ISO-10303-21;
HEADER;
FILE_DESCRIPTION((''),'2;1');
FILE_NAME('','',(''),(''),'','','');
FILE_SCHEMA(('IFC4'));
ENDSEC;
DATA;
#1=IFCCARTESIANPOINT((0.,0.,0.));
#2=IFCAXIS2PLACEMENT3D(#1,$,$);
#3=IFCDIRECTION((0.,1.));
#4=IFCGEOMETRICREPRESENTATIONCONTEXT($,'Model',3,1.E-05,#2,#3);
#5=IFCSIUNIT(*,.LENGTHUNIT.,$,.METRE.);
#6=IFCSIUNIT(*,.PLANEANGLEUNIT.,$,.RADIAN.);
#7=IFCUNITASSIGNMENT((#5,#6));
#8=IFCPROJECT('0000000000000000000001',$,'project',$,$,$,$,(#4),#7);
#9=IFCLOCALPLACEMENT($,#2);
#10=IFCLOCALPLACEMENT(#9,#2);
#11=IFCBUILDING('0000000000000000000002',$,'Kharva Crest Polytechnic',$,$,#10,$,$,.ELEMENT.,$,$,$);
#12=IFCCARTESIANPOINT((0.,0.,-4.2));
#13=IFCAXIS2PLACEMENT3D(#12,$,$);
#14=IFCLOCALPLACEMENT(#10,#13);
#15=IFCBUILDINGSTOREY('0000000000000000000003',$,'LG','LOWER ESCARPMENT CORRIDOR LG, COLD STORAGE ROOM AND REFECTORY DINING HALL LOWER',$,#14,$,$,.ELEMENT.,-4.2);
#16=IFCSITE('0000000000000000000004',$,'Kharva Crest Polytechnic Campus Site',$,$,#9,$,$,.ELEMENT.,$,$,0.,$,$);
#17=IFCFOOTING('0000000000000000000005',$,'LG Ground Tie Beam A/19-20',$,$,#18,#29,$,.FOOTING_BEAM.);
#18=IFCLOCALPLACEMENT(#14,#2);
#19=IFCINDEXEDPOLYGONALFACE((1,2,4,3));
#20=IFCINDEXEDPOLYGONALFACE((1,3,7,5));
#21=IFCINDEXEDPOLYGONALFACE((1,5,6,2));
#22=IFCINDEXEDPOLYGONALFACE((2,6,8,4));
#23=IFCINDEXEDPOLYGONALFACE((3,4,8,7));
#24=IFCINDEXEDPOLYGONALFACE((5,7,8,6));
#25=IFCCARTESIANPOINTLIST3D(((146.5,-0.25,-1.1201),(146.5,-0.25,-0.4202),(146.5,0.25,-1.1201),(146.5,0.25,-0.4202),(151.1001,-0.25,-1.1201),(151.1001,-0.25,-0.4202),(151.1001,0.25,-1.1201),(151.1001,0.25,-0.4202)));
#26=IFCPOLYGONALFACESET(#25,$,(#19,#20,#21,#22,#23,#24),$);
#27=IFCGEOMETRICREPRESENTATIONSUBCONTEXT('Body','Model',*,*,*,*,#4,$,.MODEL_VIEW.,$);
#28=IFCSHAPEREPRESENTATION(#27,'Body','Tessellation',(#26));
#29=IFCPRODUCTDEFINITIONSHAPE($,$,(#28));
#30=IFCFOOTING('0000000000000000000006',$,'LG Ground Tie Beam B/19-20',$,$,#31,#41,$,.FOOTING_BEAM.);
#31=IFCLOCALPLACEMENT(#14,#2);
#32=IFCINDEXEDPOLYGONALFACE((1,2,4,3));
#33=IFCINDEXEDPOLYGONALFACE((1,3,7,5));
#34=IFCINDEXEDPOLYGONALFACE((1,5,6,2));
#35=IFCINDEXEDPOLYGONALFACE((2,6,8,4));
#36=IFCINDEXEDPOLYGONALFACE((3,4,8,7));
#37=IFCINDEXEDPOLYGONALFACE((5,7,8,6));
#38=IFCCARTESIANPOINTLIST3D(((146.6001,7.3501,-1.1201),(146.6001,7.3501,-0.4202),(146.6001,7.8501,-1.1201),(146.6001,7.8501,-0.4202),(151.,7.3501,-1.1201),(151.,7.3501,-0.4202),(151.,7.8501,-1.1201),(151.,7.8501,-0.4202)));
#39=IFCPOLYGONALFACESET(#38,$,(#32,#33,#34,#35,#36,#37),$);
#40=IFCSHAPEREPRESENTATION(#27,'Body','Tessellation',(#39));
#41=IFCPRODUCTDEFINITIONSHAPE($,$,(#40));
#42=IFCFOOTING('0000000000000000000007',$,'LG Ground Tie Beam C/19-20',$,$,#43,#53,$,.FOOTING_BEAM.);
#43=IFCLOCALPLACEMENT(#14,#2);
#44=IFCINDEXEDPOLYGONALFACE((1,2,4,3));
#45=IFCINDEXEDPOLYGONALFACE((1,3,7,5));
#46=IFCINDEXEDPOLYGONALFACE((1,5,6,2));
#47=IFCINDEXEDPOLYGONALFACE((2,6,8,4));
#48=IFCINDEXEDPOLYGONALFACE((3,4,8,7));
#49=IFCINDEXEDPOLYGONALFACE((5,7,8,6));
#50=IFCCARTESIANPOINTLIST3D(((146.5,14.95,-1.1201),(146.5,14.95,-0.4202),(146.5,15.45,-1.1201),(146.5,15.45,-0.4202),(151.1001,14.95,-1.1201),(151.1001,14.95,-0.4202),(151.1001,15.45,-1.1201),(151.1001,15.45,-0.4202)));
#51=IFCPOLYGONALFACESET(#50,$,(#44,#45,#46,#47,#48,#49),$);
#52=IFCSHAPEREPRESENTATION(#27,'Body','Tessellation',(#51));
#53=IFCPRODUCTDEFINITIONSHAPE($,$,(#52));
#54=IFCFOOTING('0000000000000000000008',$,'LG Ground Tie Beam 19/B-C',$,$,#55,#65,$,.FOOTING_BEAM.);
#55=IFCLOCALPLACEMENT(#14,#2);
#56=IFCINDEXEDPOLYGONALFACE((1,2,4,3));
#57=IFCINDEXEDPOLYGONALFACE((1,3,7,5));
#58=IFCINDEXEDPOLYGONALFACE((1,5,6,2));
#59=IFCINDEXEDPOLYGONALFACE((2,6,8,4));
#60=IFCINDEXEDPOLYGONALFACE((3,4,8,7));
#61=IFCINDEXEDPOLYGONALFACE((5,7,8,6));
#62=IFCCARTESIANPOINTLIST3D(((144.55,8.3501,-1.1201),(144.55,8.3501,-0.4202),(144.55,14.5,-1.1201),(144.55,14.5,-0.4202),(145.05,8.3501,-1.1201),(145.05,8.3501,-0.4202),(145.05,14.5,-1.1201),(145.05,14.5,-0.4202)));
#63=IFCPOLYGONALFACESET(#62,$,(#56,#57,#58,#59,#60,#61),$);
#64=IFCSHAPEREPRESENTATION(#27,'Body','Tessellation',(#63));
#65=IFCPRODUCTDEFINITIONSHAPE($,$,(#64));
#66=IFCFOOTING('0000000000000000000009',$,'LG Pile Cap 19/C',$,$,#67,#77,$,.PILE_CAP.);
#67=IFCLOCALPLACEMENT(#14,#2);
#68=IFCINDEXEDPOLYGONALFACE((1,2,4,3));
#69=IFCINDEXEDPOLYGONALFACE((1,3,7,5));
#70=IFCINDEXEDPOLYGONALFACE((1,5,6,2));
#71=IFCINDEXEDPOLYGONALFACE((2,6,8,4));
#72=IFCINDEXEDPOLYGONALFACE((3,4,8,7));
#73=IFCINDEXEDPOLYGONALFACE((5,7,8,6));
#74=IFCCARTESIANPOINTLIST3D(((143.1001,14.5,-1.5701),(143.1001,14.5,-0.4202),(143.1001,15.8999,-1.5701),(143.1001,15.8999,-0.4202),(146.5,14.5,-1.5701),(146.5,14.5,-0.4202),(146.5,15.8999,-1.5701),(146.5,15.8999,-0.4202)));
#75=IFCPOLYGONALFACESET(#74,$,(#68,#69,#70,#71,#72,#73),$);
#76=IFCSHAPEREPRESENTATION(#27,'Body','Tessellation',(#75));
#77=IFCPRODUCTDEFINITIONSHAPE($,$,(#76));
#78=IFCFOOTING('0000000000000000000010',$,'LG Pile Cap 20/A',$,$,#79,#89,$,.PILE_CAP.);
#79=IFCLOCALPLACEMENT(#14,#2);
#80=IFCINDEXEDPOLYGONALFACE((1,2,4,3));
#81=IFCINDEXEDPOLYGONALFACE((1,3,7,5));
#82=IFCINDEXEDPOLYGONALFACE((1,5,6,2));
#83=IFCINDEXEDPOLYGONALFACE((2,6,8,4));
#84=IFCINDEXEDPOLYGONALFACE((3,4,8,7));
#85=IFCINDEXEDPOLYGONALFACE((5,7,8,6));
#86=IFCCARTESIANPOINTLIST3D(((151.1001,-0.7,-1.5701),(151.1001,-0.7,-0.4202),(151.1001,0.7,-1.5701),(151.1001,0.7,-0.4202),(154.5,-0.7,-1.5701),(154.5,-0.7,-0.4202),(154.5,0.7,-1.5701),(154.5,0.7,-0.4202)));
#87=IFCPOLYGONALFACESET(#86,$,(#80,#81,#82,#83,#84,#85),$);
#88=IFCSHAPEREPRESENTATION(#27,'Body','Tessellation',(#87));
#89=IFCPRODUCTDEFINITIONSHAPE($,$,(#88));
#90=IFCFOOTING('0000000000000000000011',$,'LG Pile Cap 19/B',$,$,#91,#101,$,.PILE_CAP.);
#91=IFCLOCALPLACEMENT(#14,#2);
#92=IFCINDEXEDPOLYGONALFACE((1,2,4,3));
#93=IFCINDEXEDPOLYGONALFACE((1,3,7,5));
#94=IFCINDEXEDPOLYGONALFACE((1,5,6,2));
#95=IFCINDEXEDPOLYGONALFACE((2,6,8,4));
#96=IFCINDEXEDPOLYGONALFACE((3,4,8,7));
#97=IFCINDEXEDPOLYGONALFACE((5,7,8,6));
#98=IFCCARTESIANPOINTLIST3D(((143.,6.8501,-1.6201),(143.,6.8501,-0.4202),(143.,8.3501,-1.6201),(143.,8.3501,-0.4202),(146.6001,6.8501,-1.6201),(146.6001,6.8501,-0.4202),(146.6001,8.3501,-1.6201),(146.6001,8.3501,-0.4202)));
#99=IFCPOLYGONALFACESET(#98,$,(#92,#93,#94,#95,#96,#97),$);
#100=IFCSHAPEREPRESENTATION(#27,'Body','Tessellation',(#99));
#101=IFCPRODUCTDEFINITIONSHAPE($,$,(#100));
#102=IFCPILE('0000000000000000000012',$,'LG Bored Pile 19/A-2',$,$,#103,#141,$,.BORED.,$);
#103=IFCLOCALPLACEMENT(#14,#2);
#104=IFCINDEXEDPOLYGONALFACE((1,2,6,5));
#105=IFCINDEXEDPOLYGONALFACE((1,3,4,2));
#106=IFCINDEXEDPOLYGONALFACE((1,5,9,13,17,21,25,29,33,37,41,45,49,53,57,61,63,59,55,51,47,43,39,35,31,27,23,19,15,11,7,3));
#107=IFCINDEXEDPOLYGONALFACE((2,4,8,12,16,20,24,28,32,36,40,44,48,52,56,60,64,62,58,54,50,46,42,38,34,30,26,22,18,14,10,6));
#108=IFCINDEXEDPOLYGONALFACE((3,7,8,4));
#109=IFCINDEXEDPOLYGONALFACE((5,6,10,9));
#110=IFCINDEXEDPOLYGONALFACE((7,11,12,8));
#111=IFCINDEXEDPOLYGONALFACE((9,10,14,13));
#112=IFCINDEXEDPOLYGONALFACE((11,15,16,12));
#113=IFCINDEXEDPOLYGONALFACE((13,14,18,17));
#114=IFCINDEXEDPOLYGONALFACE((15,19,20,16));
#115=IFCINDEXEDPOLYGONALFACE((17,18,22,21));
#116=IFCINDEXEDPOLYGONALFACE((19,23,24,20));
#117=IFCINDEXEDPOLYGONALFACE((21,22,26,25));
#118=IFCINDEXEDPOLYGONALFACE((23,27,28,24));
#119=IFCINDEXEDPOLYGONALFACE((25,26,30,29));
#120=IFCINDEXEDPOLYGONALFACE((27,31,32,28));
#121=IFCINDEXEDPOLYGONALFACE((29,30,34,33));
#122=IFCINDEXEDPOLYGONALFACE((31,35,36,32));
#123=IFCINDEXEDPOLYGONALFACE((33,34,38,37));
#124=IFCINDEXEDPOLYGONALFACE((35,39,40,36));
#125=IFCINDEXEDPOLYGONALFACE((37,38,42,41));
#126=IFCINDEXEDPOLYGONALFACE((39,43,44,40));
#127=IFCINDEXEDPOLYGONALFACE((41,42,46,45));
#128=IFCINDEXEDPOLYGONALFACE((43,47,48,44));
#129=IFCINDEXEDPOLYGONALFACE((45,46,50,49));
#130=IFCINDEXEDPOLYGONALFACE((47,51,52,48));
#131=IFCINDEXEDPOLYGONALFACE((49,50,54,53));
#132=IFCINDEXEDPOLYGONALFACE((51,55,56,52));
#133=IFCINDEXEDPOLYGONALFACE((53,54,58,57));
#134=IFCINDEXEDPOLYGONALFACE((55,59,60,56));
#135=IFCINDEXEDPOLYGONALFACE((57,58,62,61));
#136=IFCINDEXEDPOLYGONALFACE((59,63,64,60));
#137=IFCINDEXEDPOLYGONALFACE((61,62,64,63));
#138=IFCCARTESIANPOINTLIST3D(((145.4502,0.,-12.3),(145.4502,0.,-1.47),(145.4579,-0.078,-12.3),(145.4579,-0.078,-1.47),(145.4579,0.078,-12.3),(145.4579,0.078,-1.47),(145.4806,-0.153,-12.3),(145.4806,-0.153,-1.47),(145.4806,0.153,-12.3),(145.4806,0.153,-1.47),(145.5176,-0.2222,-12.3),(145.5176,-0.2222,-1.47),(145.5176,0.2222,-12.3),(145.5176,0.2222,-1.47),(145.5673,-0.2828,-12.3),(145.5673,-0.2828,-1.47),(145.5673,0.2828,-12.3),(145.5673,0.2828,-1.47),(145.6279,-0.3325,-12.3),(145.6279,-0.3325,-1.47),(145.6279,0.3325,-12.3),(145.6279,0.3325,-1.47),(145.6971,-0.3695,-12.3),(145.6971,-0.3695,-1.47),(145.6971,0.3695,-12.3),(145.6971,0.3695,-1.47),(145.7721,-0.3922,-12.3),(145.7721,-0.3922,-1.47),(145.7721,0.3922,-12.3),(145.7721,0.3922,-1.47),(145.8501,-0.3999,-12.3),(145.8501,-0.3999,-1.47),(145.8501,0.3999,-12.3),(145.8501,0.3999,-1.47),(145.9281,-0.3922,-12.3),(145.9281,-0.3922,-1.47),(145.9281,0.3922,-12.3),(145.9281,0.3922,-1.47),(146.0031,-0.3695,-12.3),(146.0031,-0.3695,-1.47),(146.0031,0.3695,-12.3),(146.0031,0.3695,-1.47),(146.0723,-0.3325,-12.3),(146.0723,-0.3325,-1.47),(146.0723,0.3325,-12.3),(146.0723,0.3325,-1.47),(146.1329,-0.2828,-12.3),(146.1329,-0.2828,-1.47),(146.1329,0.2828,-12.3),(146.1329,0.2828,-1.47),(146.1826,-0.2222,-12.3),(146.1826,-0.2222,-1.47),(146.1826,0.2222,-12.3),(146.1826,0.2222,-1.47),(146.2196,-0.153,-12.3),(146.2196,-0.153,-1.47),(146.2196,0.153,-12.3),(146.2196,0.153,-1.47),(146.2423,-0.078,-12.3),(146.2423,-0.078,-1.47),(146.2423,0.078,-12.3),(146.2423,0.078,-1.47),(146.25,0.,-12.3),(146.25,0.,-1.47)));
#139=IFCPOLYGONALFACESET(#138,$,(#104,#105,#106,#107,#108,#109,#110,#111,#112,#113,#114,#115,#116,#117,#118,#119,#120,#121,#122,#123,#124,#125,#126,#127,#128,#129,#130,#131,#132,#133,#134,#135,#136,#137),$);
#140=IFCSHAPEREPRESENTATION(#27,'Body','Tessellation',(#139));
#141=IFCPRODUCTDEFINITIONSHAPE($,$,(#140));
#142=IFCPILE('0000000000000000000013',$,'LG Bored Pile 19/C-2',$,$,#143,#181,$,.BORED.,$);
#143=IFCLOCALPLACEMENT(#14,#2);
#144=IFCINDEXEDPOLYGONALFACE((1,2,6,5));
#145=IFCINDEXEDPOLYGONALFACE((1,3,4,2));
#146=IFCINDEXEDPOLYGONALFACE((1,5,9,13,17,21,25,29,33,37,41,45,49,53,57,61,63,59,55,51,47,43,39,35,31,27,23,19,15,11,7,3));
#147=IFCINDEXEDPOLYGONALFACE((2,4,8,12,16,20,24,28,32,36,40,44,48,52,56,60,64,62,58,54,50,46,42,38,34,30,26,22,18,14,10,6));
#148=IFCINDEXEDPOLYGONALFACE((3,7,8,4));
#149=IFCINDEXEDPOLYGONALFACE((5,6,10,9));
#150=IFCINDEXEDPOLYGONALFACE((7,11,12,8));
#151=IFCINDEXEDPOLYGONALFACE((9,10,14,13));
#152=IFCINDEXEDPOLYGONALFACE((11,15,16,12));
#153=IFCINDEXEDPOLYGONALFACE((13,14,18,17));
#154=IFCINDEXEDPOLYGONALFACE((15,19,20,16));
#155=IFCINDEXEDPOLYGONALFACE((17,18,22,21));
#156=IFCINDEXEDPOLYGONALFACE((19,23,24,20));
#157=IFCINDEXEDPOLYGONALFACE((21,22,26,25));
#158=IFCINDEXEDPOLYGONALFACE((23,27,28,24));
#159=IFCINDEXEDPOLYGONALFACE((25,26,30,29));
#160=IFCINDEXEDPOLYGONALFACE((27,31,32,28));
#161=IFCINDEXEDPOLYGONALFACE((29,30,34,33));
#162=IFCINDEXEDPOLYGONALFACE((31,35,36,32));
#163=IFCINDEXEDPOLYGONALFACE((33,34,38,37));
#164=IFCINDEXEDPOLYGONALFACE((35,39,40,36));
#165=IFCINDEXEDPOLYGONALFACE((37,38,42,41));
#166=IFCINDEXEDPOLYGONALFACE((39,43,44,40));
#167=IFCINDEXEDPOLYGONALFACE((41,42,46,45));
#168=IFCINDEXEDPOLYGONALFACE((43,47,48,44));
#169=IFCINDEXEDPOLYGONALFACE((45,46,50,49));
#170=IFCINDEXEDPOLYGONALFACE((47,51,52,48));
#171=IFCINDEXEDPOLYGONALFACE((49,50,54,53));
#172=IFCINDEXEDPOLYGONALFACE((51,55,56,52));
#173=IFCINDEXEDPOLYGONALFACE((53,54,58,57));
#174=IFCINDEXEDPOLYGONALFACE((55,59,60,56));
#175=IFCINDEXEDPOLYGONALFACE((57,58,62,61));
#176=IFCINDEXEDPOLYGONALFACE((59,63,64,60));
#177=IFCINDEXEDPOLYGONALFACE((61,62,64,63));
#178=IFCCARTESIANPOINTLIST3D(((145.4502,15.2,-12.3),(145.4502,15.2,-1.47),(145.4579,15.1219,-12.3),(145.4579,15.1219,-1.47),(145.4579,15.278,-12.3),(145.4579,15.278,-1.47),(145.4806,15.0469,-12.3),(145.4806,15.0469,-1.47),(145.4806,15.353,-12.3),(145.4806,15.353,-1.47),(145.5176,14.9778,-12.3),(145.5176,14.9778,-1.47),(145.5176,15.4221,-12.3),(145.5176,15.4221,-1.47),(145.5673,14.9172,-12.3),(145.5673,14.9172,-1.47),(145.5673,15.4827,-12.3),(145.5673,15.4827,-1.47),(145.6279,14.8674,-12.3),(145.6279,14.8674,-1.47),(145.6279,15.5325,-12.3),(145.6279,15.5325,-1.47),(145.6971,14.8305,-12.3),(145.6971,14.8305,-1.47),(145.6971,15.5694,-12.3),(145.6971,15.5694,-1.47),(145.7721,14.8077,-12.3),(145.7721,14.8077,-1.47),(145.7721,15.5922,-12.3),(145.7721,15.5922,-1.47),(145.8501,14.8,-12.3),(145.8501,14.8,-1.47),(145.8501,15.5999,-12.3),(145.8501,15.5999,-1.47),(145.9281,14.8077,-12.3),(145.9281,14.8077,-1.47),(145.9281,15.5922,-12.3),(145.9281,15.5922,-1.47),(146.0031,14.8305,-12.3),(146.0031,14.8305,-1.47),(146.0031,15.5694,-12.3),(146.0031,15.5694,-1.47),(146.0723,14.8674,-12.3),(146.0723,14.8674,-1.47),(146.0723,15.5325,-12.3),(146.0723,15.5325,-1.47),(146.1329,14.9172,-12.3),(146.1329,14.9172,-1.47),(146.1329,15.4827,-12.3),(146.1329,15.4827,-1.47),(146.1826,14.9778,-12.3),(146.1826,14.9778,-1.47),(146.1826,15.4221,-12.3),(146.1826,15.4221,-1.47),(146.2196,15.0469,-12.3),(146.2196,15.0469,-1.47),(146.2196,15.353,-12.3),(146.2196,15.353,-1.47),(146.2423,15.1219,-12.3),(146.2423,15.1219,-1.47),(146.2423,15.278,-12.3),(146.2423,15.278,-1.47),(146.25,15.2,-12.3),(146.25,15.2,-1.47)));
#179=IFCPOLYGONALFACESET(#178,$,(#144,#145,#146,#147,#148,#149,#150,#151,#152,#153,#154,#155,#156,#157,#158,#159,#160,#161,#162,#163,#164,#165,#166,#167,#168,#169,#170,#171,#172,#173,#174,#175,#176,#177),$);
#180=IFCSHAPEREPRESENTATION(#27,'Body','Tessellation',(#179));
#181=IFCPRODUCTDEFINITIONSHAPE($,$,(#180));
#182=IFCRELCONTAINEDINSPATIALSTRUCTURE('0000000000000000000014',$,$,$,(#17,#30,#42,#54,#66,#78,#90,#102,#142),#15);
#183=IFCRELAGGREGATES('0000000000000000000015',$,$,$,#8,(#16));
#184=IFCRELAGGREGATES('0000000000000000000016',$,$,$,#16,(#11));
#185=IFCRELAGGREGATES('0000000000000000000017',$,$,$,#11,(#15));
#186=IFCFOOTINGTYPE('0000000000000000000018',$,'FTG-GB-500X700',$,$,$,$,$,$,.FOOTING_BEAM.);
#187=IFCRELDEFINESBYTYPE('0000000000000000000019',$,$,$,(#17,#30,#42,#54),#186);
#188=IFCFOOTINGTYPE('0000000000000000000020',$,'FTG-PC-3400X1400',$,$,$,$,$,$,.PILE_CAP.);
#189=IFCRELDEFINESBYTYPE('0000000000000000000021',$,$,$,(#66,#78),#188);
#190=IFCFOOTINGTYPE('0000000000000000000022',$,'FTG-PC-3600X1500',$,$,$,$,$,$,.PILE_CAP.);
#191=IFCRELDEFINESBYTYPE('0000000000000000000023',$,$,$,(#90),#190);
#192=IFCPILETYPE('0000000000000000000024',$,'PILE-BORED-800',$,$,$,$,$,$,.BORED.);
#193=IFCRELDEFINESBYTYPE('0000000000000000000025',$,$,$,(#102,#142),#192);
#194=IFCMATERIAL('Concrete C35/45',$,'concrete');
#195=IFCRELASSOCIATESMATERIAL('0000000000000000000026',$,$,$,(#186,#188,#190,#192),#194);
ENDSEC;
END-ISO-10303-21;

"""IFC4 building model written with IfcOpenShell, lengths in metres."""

from ifc_helpers import new_model, si_unit, direction, frame, origin, origin_2d, place, context, subcontext, project, spatial, rectangle, circle, extrude, material, material_profile, profile_set, type_object, element, save


model = new_model("IFC4")

# Units and contexts
model_context = context("Model", 3, precision=1e-05, world=origin(), true_north=direction((0.0, 1.0)))
body_context = subcontext(model_context, "Body", "Model", "MODEL_VIEW")
ifc_project = project(units=[si_unit("LENGTHUNIT", "METRE"), si_unit("PLANEANGLEUNIT", "RADIAN")], contexts=[model_context])

# Site, building, storey
site_placement = place(None, origin())
site = spatial("IfcSite", under=ifc_project, at=site_placement, Name="Kharva Crest Polytechnic Campus Site", CompositionType="ELEMENT", RefElevation=0.0)
building_placement = place(site_placement, origin())
building = spatial("IfcBuilding", under=site, at=building_placement, Name="Kharva Crest Polytechnic", CompositionType="ELEMENT")
storey_placement = place(building_placement, frame((0.0, 0.0, -4.2)))
storey = spatial("IfcBuildingStorey", under=building, at=storey_placement, Name="LG", Description="LOWER ESCARPMENT CORRIDOR LG, COLD STORAGE ROOM AND REFECTORY DINING HALL LOWER", CompositionType="ELEMENT", Elevation=-4.2)

# Footings
ifc_material_1 = material(Name="Concrete C35/45", Category="concrete")
footing_type_1 = type_object("IfcFootingType", Name="FTG-GB-500X700", PredefinedType="FOOTING_BEAM", material=ifc_material_1)
footing_1_placement = place(storey_placement, frame((148.8, 0.0, -1.1201), z_axis=(0.0, 0.0, 1.0), x_axis=(1.0, 0.0, 0.0)))
element("IfcFooting", 1, at=footing_1_placement, inside=storey, type_object=footing_type_1, Name="LG Ground Tie Beam A/19-20", PredefinedType="FOOTING_BEAM", context=body_context, shape_type="SweptSolid", body=[
    extrude(rectangle(XDim=4.6001, YDim=0.5, at=origin_2d()), origin(), (0.0, 0.0, 1.0), 0.7),
])
footing_2_placement = place(storey_placement, frame((148.8, 7.6001, -1.1201), z_axis=(0.0, 0.0, 1.0), x_axis=(1.0, 0.0, 0.0)))
element("IfcFooting", 2, at=footing_2_placement, inside=storey, type_object=footing_type_1, Name="LG Ground Tie Beam B/19-20", PredefinedType="FOOTING_BEAM", context=body_context, shape_type="SweptSolid", body=[
    extrude(rectangle(XDim=4.3999, YDim=0.5, at=origin_2d()), origin(), (0.0, 0.0, 1.0), 0.7),
])
footing_3_placement = place(storey_placement, frame((148.8, 15.2, -1.1201), z_axis=(0.0, 0.0, 1.0), x_axis=(1.0, 0.0, 0.0)))
element("IfcFooting", 3, at=footing_3_placement, inside=storey, type_object=footing_type_1, Name="LG Ground Tie Beam C/19-20", PredefinedType="FOOTING_BEAM", context=body_context, shape_type="SweptSolid", body=[
    extrude(rectangle(XDim=4.6001, YDim=0.5, at=origin_2d()), origin(), (0.0, 0.0, 1.0), 0.7),
])
footing_4_placement = place(storey_placement, frame((144.8, 11.425, -1.1201), z_axis=(0.0, 0.0, 1.0), x_axis=(0.0, 1.0, 0.0)))
element("IfcFooting", 4, at=footing_4_placement, inside=storey, type_object=footing_type_1, Name="LG Ground Tie Beam 19/B-C", PredefinedType="FOOTING_BEAM", context=body_context, shape_type="SweptSolid", body=[
    extrude(rectangle(XDim=6.1499, YDim=0.5, at=origin_2d()), origin(), (0.0, 0.0, 1.0), 0.7),
])
footing_type_2 = type_object("IfcFootingType", Name="FTG-PC-3400X1400", PredefinedType="PILE_CAP", material=ifc_material_1)
for number, where, z_axis, x_axis, name in (
    (5, (144.8, 15.2, -1.5701), (0.0, 0.0, 1.0), (1.0, 0.0, 0.0), "LG Pile Cap 19/C"),
    (6, (152.8, 0.0, -1.5701), (0.0, 0.0, 1.0), (1.0, 0.0, 0.0), "LG Pile Cap 20/A"),
):
    element("IfcFooting", number, at=place(storey_placement, frame(where, z_axis=z_axis, x_axis=x_axis)), inside=storey, type_object=footing_type_2, Name=name, PredefinedType="PILE_CAP", context=body_context, shape_type="SweptSolid", body=[
        extrude(rectangle(XDim=3.3999, YDim=1.3999, at=origin_2d()), origin(), (0.0, 0.0, 1.0), 1.1499),
    ])
footing_type_3 = type_object("IfcFootingType", Name="FTG-PC-3600X1500", PredefinedType="PILE_CAP", material=ifc_material_1)
footing_5_placement = place(storey_placement, frame((144.8, 7.6001, -1.6201), z_axis=(0.0, 0.0, 1.0), x_axis=(1.0, 0.0, 0.0)))
element("IfcFooting", 7, at=footing_5_placement, inside=storey, type_object=footing_type_3, Name="LG Pile Cap 19/B", PredefinedType="PILE_CAP", context=body_context, shape_type="SweptSolid", body=[
    extrude(rectangle(XDim=3.6001, YDim=1.5, at=origin_2d()), origin(), (0.0, 0.0, 1.0), 1.2),
])

# Piles
ifc_material_profile_1 = material_profile(ifc_material_1, circle(Radius=0.3999, at=origin_2d()), Name="DIA 800")
ifc_profile_set_1 = profile_set([ifc_material_profile_1], Name="Concrete C35/45")
pile_type_1 = type_object("IfcPileType", Name="PILE-BORED-800", PredefinedType="BORED", material=ifc_profile_set_1)
for number, where, z_axis, x_axis, name in (
    (8, (145.8501, 0.0, -1.47), (0.0, 0.0, -1.0), (1.0, 0.0, 0.0), "LG Bored Pile 19/A-2"),
    (9, (145.8501, 15.2, -1.47), (0.0, 0.0, -1.0), (1.0, 0.0, 0.0), "LG Bored Pile 19/C-2"),
):
    element("IfcPile", number, at=place(storey_placement, frame(where, z_axis=z_axis, x_axis=x_axis)), inside=storey, type_object=pile_type_1, Name=name, PredefinedType="BORED", context=body_context, shape_type="SweptSolid", body=[
        extrude(circle(Radius=0.3999, at=origin_2d()), origin(), (0.0, 0.0, 1.0), 10.8301),
    ])

save(model, "model.ifc")
